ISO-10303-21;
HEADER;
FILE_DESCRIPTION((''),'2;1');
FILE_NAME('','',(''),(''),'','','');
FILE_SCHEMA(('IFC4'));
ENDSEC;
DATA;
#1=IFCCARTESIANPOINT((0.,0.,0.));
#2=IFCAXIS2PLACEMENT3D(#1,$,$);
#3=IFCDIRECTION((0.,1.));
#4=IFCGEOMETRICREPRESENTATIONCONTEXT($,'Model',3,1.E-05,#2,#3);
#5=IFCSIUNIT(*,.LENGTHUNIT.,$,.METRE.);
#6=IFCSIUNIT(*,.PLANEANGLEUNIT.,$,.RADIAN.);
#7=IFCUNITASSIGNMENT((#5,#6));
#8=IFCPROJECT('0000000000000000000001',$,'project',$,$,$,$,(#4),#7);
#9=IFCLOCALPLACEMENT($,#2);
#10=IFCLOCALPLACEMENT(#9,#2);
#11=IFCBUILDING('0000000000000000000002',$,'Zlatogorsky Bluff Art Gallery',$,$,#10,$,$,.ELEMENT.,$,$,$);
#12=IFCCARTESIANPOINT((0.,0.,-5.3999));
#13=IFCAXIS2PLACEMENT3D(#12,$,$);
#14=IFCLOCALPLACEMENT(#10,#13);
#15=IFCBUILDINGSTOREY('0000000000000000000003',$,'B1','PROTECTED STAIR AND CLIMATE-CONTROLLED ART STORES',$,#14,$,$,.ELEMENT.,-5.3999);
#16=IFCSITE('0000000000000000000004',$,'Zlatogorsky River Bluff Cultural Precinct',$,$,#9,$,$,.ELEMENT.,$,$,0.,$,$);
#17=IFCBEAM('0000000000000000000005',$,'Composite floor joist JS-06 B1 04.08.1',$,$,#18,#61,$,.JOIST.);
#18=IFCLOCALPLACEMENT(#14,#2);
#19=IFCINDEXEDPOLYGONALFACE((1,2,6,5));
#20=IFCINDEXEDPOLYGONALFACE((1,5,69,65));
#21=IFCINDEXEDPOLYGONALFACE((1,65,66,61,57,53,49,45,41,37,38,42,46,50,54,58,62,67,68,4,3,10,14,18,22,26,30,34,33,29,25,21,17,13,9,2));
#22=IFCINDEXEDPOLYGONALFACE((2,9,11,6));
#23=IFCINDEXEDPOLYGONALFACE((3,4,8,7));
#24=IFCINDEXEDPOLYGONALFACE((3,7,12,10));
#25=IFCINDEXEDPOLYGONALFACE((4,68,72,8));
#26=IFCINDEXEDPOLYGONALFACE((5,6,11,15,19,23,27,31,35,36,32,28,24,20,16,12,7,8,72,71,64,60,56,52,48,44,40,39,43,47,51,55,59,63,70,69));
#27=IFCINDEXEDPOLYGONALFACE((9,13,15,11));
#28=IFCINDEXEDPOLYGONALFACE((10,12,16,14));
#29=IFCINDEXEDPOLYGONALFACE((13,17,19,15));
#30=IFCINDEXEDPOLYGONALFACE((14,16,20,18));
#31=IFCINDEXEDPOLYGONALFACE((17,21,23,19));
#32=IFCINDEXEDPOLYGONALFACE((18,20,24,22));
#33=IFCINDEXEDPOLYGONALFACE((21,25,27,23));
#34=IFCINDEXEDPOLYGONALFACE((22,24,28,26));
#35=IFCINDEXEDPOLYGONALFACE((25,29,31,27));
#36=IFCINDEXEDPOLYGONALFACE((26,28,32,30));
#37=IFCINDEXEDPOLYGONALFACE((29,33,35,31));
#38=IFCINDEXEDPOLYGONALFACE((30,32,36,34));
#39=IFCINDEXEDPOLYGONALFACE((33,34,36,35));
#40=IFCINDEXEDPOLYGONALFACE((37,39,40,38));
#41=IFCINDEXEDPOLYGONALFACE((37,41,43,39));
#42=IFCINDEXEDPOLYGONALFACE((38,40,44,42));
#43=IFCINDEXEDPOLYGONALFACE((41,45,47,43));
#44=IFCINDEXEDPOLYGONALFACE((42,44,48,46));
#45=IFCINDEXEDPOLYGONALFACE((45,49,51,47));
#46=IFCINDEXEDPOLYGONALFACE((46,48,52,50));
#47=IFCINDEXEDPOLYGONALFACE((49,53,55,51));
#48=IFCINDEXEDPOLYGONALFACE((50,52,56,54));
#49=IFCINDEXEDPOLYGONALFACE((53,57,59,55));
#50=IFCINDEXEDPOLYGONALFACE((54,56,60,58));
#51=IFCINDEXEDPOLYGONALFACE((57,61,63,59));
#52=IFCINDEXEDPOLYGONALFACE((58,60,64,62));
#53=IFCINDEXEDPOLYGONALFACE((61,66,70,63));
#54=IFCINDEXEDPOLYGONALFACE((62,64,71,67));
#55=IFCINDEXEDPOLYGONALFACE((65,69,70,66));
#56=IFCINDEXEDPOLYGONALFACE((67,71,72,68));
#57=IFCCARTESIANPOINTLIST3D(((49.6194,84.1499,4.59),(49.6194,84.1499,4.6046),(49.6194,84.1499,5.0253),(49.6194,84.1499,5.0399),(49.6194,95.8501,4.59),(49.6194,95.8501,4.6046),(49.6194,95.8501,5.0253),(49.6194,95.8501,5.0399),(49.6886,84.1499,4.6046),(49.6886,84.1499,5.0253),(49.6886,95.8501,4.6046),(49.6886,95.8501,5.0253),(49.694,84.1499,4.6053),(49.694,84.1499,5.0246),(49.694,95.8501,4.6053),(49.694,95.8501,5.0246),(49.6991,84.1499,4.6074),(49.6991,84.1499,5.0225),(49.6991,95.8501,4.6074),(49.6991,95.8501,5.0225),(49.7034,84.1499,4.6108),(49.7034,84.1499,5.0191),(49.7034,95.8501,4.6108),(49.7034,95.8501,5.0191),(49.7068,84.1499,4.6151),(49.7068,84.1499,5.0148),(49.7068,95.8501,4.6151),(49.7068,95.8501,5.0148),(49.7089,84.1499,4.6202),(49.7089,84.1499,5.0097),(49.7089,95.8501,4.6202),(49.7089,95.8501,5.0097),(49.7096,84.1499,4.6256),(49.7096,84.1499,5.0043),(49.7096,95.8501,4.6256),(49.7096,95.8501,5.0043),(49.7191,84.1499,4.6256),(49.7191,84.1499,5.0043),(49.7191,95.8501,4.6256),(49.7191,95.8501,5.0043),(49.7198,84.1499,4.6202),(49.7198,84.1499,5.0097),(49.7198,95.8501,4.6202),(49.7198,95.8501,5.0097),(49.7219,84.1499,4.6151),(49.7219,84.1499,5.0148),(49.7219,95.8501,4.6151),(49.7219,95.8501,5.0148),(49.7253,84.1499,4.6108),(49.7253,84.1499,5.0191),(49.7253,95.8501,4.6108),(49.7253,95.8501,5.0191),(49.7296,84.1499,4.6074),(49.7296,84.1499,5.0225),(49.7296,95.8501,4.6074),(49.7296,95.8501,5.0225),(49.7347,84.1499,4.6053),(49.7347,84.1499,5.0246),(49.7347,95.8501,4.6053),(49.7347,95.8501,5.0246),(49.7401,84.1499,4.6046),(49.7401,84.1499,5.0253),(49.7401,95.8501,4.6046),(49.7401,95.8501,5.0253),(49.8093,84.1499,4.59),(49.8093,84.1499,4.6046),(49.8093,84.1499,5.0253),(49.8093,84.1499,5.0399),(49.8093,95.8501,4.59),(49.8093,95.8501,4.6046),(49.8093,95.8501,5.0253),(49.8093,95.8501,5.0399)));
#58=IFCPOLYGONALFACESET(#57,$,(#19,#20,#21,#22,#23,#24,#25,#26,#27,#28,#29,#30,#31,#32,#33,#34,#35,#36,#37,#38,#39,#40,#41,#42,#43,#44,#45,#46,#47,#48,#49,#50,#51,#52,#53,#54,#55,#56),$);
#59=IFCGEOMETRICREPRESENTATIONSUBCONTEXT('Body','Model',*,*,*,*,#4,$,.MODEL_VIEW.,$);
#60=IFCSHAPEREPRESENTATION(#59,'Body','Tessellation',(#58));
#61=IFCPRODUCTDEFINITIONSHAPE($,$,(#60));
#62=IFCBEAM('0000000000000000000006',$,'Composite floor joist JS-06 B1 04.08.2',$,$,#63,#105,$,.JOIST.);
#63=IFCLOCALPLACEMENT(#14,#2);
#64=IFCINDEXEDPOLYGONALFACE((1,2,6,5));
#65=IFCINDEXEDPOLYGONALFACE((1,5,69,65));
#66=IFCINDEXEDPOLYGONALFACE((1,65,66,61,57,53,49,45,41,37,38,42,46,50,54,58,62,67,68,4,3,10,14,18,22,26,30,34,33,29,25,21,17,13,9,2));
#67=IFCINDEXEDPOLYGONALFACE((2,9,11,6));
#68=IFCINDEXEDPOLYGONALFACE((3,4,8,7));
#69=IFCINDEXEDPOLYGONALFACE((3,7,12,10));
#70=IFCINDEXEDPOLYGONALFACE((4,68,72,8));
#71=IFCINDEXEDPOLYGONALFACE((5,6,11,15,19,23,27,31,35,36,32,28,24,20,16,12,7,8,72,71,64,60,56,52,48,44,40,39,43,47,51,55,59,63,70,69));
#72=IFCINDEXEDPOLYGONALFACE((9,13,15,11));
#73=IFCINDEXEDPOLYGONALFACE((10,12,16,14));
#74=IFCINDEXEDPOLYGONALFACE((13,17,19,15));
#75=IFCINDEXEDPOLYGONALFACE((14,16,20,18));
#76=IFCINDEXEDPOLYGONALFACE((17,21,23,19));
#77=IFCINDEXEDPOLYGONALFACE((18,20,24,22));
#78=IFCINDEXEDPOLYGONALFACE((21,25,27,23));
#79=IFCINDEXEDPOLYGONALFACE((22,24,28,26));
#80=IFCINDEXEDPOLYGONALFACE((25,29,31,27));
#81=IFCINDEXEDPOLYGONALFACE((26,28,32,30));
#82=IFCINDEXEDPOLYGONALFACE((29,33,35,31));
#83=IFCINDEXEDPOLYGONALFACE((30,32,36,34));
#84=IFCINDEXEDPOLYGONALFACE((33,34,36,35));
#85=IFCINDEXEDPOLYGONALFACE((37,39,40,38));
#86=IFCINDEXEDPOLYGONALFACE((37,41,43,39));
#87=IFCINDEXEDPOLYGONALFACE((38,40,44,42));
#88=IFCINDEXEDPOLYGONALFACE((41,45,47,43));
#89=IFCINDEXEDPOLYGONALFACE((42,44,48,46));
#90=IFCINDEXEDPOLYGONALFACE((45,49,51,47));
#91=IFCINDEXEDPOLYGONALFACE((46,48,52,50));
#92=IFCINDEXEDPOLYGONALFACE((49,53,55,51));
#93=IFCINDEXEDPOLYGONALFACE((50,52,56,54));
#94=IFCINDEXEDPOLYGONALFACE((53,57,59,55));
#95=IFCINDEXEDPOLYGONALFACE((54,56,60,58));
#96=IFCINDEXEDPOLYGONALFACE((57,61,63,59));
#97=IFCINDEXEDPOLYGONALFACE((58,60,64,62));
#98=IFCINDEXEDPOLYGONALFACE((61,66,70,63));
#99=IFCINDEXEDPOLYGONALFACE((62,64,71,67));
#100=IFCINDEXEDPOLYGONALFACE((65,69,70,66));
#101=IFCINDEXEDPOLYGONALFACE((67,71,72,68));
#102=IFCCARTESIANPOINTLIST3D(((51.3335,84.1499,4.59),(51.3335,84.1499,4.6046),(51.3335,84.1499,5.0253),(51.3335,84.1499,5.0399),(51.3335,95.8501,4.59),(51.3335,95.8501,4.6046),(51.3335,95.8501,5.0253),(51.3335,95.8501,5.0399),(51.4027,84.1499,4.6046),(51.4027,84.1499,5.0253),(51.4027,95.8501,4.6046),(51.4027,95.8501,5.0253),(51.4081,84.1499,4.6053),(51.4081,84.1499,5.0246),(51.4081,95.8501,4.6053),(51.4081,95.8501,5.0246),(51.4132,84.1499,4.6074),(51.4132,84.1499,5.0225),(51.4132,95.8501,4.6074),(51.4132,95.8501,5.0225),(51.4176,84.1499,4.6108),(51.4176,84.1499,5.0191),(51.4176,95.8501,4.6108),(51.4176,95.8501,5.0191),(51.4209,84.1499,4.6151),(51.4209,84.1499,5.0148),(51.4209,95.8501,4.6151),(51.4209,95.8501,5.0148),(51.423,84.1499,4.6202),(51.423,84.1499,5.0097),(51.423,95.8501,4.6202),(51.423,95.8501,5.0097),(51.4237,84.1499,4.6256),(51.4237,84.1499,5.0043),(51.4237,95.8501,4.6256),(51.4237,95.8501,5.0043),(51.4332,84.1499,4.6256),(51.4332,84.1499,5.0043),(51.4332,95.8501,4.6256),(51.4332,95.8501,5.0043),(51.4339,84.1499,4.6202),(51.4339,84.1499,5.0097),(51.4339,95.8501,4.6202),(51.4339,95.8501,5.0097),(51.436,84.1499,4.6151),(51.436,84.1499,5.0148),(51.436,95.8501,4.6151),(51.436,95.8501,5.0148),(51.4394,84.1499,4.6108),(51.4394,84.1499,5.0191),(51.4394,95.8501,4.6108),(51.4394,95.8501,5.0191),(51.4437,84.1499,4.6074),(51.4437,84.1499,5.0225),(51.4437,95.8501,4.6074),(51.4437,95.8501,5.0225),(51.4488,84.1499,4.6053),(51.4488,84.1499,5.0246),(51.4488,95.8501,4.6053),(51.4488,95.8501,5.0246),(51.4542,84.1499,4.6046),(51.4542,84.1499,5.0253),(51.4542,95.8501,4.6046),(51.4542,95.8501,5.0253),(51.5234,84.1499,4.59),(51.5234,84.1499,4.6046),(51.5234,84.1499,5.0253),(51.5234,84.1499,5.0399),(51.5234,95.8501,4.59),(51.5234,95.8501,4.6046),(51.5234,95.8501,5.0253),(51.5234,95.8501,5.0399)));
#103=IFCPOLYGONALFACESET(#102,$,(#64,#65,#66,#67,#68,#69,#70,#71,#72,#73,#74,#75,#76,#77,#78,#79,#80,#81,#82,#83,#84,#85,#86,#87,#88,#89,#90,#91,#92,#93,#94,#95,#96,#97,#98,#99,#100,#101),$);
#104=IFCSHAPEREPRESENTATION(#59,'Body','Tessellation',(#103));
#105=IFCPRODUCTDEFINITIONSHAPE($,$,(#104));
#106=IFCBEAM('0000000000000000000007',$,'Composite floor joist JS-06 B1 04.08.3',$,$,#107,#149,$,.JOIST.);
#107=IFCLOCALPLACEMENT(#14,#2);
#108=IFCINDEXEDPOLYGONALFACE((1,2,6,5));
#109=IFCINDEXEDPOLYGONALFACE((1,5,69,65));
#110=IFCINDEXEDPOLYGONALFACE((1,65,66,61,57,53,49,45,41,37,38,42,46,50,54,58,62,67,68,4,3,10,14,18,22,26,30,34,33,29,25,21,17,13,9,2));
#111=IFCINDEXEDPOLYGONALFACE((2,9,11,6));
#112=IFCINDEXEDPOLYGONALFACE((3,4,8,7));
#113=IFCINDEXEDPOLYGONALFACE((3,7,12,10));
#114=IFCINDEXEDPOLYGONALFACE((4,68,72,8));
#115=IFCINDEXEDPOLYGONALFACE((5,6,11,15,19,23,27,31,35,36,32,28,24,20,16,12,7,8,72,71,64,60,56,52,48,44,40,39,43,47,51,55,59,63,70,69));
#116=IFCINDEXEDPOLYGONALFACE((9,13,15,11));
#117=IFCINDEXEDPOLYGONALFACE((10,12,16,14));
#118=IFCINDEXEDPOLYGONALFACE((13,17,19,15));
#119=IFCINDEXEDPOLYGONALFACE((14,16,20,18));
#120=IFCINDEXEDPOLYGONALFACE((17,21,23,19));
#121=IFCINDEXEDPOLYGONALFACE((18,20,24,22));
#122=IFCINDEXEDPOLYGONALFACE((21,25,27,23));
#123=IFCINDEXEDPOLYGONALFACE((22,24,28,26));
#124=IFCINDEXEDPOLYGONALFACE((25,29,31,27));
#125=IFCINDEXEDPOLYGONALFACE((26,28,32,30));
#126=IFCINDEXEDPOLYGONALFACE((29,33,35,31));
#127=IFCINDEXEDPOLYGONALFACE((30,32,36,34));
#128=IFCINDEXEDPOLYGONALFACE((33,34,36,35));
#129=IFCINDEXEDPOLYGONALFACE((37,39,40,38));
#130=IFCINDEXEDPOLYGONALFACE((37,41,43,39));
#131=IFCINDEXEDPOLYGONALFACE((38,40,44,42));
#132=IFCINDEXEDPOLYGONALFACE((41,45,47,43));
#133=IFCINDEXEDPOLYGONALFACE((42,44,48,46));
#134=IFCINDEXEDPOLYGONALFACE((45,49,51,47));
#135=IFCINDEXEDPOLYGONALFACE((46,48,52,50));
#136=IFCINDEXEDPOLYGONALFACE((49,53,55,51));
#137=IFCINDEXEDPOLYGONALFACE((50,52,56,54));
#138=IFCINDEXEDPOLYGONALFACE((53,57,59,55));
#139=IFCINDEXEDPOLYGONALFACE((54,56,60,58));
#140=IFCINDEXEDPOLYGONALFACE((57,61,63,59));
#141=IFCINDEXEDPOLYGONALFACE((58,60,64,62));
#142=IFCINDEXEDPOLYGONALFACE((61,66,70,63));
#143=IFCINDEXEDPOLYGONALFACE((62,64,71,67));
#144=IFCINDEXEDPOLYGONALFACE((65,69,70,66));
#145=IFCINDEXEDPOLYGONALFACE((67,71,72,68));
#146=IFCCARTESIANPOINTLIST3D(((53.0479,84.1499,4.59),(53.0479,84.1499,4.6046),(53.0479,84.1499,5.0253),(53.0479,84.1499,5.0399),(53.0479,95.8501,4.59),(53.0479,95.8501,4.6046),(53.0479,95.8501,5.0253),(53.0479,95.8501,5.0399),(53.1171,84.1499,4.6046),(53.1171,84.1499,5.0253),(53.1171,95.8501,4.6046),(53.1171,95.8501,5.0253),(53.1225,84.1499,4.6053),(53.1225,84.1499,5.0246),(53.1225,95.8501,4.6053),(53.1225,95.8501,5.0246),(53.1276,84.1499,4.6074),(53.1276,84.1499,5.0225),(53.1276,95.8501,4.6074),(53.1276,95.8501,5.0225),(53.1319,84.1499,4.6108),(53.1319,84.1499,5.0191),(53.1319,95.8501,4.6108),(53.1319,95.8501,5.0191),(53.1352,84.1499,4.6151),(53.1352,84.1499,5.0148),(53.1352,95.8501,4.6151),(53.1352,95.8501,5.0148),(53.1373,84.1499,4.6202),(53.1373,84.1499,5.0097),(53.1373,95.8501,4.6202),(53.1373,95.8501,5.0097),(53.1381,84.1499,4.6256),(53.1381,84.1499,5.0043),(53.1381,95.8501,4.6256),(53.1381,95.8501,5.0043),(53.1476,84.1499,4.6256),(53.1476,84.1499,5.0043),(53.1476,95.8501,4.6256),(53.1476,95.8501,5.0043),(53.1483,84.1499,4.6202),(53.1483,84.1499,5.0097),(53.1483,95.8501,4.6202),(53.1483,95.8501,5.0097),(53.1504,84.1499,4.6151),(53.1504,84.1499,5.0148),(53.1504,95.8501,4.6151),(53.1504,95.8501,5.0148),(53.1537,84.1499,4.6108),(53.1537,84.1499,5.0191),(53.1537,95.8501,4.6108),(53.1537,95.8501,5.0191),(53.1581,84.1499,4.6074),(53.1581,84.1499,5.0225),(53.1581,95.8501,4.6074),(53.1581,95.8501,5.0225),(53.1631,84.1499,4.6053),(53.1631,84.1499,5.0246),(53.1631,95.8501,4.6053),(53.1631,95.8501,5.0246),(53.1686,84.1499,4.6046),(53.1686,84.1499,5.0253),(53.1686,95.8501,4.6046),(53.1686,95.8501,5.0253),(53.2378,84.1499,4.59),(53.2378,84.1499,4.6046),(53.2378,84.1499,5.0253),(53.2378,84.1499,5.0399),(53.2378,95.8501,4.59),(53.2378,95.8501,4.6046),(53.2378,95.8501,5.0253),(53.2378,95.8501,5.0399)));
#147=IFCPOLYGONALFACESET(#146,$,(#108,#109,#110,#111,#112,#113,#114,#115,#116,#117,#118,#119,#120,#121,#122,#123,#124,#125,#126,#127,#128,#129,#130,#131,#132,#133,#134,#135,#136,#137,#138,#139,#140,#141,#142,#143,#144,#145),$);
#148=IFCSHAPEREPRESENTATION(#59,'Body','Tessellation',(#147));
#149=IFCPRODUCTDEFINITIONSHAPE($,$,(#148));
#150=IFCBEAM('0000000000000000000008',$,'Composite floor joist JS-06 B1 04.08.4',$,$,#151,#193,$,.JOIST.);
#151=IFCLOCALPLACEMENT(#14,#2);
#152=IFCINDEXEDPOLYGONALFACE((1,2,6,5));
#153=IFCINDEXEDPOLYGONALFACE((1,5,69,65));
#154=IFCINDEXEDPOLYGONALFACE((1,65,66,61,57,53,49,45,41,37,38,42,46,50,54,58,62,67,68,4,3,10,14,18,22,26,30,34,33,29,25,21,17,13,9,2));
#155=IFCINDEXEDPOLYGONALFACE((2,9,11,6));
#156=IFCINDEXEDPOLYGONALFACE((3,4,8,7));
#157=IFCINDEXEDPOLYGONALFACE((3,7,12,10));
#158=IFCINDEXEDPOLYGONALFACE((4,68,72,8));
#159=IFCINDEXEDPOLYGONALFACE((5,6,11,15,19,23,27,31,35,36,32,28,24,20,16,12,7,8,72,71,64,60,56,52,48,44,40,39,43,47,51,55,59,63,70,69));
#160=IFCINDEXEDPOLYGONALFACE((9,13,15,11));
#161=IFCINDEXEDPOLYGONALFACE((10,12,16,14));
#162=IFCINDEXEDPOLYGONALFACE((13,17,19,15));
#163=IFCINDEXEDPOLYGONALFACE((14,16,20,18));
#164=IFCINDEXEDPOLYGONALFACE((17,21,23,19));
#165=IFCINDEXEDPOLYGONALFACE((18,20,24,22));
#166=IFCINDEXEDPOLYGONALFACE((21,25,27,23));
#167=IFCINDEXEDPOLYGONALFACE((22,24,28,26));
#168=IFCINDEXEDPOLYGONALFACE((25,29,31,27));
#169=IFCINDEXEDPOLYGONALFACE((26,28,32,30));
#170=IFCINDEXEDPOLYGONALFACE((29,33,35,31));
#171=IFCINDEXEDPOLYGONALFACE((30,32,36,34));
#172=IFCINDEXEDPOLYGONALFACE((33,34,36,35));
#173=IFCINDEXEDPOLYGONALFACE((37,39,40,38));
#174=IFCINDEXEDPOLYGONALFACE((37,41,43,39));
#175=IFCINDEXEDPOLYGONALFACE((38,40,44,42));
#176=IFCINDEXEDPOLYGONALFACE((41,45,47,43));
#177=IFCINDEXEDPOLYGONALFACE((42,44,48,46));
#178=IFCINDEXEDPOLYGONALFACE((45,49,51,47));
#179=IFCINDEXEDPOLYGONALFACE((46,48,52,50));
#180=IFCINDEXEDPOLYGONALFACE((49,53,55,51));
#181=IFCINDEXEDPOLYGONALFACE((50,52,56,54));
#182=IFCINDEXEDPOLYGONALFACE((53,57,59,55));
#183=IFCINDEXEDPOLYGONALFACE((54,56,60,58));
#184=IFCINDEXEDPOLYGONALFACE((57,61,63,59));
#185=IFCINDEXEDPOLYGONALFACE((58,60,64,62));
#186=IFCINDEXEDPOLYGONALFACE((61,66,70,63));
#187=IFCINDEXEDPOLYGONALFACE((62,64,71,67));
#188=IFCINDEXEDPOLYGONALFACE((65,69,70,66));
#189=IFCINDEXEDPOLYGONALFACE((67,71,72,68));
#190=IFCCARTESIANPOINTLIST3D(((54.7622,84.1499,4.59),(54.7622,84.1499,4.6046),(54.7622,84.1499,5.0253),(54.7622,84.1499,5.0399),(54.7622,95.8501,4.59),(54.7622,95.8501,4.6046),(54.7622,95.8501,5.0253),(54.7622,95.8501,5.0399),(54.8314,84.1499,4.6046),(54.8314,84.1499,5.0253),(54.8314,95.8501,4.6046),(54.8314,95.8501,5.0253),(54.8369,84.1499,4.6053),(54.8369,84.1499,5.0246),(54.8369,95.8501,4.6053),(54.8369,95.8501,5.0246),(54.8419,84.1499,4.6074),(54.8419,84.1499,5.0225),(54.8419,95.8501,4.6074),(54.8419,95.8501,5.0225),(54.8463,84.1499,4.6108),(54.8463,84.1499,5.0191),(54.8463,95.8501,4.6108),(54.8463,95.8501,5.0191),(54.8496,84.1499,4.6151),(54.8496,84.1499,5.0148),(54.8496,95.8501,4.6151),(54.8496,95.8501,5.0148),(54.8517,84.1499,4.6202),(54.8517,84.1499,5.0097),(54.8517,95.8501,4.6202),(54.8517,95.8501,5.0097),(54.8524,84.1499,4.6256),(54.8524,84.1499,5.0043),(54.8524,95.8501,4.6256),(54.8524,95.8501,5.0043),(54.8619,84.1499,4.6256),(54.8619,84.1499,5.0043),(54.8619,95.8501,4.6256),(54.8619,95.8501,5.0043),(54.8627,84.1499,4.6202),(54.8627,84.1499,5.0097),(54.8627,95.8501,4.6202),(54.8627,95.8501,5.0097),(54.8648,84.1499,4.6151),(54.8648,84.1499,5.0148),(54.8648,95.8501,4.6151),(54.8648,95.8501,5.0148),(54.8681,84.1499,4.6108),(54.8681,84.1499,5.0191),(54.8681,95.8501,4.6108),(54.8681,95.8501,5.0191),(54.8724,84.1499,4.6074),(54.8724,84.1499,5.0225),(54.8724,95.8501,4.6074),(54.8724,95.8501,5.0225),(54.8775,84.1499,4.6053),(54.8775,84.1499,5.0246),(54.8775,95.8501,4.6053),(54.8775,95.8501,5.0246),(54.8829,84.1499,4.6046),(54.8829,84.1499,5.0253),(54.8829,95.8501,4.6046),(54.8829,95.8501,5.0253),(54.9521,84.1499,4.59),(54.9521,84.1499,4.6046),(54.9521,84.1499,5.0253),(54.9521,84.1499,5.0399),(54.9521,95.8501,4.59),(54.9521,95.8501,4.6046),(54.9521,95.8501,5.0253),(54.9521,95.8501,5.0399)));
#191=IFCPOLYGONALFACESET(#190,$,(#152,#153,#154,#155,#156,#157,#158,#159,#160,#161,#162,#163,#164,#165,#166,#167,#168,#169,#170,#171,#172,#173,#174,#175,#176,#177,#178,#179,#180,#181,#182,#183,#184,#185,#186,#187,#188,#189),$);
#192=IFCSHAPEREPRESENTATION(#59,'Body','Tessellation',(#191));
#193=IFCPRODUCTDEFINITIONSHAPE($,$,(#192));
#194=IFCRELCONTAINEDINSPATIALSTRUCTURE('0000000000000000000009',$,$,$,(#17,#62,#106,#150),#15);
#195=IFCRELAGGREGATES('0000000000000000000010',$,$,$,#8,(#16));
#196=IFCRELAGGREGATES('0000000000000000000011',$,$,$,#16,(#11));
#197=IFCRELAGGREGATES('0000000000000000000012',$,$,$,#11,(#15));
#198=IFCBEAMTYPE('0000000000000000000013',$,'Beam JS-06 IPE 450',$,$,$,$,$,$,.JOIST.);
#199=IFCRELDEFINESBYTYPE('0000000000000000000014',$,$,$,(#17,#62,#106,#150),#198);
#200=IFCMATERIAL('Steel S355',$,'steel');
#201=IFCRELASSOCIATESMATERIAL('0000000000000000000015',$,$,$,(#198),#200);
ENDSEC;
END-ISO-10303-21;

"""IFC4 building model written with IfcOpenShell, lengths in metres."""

from ifc_helpers import new_model, si_unit, direction, frame, origin, origin_2d, place, context, subcontext, project, spatial, i_section, extrude, material, material_profile, profile_set, type_object, element, save


model = new_model("IFC4")

# Units and contexts
model_context = context("Model", 3, precision=1e-05, world=origin(), true_north=direction((0.0, 1.0)))
body_context = subcontext(model_context, "Body", "Model", "MODEL_VIEW")
ifc_project = project(units=[si_unit("LENGTHUNIT", "METRE"), si_unit("PLANEANGLEUNIT", "RADIAN")], contexts=[model_context])

# Site, building, storey
site_placement = place(None, origin())
site = spatial("IfcSite", under=ifc_project, at=site_placement, Name="Zlatogorsky River Bluff Cultural Precinct", CompositionType="ELEMENT", RefElevation=0.0)
building_placement = place(site_placement, origin())
building = spatial("IfcBuilding", under=site, at=building_placement, Name="Zlatogorsky Bluff Art Gallery", CompositionType="ELEMENT")
storey_placement = place(building_placement, frame((0.0, 0.0, -5.3999)))
storey = spatial("IfcBuildingStorey", under=building, at=storey_placement, Name="B1", Description="PROTECTED STAIR AND CLIMATE-CONTROLLED ART STORES", CompositionType="ELEMENT", Elevation=-5.3999)

# Shared definitions
ifc_material_1 = material(Name="Steel S355", Category="steel")

# Beams
ifc_material_profile_1 = material_profile(ifc_material_1, i_section(OverallWidth=0.1899, OverallDepth=0.45, WebThickness=0.0095, FlangeThickness=0.0146, FilletRadius=0.021, at=origin_2d()), Name="IPE 450")
ifc_profile_set_1 = profile_set([ifc_material_profile_1], Name="Steel S355")
beam_type_1 = type_object("IfcBeamType", Name="Beam JS-06 IPE 450", PredefinedType="JOIST", material=ifc_profile_set_1)
for number, where, z_axis, x_axis, name in (
    (1, (49.7144, 84.1499, 4.8149), (0.0, 1.0, 0.0), (-1.0, 0.0, 0.0), "Composite floor joist JS-06 B1 04.08.1"),
    (2, (51.4285, 84.1499, 4.8149), (0.0, 1.0, 0.0), (-1.0, 0.0, 0.0), "Composite floor joist JS-06 B1 04.08.2"),
    (3, (53.1428, 84.1499, 4.8149), (0.0, 1.0, 0.0), (-1.0, 0.0, 0.0), "Composite floor joist JS-06 B1 04.08.3"),
    (4, (54.8572, 84.1499, 4.8149), (0.0, 1.0, 0.0), (-1.0, 0.0, 0.0), "Composite floor joist JS-06 B1 04.08.4"),
):
    element("IfcBeam", number, at=place(storey_placement, frame(where, z_axis=z_axis, x_axis=x_axis)), inside=storey, type_object=beam_type_1, Name=name, PredefinedType="JOIST", context=body_context, shape_type="SweptSolid", body=[
        extrude(i_section(OverallWidth=0.1899, OverallDepth=0.45, WebThickness=0.0095, FlangeThickness=0.0146, FilletRadius=0.021, at=origin_2d()), origin(), (0.0, 0.0, 1.0), 11.7002),
    ])

save(model, "model.ifc")
